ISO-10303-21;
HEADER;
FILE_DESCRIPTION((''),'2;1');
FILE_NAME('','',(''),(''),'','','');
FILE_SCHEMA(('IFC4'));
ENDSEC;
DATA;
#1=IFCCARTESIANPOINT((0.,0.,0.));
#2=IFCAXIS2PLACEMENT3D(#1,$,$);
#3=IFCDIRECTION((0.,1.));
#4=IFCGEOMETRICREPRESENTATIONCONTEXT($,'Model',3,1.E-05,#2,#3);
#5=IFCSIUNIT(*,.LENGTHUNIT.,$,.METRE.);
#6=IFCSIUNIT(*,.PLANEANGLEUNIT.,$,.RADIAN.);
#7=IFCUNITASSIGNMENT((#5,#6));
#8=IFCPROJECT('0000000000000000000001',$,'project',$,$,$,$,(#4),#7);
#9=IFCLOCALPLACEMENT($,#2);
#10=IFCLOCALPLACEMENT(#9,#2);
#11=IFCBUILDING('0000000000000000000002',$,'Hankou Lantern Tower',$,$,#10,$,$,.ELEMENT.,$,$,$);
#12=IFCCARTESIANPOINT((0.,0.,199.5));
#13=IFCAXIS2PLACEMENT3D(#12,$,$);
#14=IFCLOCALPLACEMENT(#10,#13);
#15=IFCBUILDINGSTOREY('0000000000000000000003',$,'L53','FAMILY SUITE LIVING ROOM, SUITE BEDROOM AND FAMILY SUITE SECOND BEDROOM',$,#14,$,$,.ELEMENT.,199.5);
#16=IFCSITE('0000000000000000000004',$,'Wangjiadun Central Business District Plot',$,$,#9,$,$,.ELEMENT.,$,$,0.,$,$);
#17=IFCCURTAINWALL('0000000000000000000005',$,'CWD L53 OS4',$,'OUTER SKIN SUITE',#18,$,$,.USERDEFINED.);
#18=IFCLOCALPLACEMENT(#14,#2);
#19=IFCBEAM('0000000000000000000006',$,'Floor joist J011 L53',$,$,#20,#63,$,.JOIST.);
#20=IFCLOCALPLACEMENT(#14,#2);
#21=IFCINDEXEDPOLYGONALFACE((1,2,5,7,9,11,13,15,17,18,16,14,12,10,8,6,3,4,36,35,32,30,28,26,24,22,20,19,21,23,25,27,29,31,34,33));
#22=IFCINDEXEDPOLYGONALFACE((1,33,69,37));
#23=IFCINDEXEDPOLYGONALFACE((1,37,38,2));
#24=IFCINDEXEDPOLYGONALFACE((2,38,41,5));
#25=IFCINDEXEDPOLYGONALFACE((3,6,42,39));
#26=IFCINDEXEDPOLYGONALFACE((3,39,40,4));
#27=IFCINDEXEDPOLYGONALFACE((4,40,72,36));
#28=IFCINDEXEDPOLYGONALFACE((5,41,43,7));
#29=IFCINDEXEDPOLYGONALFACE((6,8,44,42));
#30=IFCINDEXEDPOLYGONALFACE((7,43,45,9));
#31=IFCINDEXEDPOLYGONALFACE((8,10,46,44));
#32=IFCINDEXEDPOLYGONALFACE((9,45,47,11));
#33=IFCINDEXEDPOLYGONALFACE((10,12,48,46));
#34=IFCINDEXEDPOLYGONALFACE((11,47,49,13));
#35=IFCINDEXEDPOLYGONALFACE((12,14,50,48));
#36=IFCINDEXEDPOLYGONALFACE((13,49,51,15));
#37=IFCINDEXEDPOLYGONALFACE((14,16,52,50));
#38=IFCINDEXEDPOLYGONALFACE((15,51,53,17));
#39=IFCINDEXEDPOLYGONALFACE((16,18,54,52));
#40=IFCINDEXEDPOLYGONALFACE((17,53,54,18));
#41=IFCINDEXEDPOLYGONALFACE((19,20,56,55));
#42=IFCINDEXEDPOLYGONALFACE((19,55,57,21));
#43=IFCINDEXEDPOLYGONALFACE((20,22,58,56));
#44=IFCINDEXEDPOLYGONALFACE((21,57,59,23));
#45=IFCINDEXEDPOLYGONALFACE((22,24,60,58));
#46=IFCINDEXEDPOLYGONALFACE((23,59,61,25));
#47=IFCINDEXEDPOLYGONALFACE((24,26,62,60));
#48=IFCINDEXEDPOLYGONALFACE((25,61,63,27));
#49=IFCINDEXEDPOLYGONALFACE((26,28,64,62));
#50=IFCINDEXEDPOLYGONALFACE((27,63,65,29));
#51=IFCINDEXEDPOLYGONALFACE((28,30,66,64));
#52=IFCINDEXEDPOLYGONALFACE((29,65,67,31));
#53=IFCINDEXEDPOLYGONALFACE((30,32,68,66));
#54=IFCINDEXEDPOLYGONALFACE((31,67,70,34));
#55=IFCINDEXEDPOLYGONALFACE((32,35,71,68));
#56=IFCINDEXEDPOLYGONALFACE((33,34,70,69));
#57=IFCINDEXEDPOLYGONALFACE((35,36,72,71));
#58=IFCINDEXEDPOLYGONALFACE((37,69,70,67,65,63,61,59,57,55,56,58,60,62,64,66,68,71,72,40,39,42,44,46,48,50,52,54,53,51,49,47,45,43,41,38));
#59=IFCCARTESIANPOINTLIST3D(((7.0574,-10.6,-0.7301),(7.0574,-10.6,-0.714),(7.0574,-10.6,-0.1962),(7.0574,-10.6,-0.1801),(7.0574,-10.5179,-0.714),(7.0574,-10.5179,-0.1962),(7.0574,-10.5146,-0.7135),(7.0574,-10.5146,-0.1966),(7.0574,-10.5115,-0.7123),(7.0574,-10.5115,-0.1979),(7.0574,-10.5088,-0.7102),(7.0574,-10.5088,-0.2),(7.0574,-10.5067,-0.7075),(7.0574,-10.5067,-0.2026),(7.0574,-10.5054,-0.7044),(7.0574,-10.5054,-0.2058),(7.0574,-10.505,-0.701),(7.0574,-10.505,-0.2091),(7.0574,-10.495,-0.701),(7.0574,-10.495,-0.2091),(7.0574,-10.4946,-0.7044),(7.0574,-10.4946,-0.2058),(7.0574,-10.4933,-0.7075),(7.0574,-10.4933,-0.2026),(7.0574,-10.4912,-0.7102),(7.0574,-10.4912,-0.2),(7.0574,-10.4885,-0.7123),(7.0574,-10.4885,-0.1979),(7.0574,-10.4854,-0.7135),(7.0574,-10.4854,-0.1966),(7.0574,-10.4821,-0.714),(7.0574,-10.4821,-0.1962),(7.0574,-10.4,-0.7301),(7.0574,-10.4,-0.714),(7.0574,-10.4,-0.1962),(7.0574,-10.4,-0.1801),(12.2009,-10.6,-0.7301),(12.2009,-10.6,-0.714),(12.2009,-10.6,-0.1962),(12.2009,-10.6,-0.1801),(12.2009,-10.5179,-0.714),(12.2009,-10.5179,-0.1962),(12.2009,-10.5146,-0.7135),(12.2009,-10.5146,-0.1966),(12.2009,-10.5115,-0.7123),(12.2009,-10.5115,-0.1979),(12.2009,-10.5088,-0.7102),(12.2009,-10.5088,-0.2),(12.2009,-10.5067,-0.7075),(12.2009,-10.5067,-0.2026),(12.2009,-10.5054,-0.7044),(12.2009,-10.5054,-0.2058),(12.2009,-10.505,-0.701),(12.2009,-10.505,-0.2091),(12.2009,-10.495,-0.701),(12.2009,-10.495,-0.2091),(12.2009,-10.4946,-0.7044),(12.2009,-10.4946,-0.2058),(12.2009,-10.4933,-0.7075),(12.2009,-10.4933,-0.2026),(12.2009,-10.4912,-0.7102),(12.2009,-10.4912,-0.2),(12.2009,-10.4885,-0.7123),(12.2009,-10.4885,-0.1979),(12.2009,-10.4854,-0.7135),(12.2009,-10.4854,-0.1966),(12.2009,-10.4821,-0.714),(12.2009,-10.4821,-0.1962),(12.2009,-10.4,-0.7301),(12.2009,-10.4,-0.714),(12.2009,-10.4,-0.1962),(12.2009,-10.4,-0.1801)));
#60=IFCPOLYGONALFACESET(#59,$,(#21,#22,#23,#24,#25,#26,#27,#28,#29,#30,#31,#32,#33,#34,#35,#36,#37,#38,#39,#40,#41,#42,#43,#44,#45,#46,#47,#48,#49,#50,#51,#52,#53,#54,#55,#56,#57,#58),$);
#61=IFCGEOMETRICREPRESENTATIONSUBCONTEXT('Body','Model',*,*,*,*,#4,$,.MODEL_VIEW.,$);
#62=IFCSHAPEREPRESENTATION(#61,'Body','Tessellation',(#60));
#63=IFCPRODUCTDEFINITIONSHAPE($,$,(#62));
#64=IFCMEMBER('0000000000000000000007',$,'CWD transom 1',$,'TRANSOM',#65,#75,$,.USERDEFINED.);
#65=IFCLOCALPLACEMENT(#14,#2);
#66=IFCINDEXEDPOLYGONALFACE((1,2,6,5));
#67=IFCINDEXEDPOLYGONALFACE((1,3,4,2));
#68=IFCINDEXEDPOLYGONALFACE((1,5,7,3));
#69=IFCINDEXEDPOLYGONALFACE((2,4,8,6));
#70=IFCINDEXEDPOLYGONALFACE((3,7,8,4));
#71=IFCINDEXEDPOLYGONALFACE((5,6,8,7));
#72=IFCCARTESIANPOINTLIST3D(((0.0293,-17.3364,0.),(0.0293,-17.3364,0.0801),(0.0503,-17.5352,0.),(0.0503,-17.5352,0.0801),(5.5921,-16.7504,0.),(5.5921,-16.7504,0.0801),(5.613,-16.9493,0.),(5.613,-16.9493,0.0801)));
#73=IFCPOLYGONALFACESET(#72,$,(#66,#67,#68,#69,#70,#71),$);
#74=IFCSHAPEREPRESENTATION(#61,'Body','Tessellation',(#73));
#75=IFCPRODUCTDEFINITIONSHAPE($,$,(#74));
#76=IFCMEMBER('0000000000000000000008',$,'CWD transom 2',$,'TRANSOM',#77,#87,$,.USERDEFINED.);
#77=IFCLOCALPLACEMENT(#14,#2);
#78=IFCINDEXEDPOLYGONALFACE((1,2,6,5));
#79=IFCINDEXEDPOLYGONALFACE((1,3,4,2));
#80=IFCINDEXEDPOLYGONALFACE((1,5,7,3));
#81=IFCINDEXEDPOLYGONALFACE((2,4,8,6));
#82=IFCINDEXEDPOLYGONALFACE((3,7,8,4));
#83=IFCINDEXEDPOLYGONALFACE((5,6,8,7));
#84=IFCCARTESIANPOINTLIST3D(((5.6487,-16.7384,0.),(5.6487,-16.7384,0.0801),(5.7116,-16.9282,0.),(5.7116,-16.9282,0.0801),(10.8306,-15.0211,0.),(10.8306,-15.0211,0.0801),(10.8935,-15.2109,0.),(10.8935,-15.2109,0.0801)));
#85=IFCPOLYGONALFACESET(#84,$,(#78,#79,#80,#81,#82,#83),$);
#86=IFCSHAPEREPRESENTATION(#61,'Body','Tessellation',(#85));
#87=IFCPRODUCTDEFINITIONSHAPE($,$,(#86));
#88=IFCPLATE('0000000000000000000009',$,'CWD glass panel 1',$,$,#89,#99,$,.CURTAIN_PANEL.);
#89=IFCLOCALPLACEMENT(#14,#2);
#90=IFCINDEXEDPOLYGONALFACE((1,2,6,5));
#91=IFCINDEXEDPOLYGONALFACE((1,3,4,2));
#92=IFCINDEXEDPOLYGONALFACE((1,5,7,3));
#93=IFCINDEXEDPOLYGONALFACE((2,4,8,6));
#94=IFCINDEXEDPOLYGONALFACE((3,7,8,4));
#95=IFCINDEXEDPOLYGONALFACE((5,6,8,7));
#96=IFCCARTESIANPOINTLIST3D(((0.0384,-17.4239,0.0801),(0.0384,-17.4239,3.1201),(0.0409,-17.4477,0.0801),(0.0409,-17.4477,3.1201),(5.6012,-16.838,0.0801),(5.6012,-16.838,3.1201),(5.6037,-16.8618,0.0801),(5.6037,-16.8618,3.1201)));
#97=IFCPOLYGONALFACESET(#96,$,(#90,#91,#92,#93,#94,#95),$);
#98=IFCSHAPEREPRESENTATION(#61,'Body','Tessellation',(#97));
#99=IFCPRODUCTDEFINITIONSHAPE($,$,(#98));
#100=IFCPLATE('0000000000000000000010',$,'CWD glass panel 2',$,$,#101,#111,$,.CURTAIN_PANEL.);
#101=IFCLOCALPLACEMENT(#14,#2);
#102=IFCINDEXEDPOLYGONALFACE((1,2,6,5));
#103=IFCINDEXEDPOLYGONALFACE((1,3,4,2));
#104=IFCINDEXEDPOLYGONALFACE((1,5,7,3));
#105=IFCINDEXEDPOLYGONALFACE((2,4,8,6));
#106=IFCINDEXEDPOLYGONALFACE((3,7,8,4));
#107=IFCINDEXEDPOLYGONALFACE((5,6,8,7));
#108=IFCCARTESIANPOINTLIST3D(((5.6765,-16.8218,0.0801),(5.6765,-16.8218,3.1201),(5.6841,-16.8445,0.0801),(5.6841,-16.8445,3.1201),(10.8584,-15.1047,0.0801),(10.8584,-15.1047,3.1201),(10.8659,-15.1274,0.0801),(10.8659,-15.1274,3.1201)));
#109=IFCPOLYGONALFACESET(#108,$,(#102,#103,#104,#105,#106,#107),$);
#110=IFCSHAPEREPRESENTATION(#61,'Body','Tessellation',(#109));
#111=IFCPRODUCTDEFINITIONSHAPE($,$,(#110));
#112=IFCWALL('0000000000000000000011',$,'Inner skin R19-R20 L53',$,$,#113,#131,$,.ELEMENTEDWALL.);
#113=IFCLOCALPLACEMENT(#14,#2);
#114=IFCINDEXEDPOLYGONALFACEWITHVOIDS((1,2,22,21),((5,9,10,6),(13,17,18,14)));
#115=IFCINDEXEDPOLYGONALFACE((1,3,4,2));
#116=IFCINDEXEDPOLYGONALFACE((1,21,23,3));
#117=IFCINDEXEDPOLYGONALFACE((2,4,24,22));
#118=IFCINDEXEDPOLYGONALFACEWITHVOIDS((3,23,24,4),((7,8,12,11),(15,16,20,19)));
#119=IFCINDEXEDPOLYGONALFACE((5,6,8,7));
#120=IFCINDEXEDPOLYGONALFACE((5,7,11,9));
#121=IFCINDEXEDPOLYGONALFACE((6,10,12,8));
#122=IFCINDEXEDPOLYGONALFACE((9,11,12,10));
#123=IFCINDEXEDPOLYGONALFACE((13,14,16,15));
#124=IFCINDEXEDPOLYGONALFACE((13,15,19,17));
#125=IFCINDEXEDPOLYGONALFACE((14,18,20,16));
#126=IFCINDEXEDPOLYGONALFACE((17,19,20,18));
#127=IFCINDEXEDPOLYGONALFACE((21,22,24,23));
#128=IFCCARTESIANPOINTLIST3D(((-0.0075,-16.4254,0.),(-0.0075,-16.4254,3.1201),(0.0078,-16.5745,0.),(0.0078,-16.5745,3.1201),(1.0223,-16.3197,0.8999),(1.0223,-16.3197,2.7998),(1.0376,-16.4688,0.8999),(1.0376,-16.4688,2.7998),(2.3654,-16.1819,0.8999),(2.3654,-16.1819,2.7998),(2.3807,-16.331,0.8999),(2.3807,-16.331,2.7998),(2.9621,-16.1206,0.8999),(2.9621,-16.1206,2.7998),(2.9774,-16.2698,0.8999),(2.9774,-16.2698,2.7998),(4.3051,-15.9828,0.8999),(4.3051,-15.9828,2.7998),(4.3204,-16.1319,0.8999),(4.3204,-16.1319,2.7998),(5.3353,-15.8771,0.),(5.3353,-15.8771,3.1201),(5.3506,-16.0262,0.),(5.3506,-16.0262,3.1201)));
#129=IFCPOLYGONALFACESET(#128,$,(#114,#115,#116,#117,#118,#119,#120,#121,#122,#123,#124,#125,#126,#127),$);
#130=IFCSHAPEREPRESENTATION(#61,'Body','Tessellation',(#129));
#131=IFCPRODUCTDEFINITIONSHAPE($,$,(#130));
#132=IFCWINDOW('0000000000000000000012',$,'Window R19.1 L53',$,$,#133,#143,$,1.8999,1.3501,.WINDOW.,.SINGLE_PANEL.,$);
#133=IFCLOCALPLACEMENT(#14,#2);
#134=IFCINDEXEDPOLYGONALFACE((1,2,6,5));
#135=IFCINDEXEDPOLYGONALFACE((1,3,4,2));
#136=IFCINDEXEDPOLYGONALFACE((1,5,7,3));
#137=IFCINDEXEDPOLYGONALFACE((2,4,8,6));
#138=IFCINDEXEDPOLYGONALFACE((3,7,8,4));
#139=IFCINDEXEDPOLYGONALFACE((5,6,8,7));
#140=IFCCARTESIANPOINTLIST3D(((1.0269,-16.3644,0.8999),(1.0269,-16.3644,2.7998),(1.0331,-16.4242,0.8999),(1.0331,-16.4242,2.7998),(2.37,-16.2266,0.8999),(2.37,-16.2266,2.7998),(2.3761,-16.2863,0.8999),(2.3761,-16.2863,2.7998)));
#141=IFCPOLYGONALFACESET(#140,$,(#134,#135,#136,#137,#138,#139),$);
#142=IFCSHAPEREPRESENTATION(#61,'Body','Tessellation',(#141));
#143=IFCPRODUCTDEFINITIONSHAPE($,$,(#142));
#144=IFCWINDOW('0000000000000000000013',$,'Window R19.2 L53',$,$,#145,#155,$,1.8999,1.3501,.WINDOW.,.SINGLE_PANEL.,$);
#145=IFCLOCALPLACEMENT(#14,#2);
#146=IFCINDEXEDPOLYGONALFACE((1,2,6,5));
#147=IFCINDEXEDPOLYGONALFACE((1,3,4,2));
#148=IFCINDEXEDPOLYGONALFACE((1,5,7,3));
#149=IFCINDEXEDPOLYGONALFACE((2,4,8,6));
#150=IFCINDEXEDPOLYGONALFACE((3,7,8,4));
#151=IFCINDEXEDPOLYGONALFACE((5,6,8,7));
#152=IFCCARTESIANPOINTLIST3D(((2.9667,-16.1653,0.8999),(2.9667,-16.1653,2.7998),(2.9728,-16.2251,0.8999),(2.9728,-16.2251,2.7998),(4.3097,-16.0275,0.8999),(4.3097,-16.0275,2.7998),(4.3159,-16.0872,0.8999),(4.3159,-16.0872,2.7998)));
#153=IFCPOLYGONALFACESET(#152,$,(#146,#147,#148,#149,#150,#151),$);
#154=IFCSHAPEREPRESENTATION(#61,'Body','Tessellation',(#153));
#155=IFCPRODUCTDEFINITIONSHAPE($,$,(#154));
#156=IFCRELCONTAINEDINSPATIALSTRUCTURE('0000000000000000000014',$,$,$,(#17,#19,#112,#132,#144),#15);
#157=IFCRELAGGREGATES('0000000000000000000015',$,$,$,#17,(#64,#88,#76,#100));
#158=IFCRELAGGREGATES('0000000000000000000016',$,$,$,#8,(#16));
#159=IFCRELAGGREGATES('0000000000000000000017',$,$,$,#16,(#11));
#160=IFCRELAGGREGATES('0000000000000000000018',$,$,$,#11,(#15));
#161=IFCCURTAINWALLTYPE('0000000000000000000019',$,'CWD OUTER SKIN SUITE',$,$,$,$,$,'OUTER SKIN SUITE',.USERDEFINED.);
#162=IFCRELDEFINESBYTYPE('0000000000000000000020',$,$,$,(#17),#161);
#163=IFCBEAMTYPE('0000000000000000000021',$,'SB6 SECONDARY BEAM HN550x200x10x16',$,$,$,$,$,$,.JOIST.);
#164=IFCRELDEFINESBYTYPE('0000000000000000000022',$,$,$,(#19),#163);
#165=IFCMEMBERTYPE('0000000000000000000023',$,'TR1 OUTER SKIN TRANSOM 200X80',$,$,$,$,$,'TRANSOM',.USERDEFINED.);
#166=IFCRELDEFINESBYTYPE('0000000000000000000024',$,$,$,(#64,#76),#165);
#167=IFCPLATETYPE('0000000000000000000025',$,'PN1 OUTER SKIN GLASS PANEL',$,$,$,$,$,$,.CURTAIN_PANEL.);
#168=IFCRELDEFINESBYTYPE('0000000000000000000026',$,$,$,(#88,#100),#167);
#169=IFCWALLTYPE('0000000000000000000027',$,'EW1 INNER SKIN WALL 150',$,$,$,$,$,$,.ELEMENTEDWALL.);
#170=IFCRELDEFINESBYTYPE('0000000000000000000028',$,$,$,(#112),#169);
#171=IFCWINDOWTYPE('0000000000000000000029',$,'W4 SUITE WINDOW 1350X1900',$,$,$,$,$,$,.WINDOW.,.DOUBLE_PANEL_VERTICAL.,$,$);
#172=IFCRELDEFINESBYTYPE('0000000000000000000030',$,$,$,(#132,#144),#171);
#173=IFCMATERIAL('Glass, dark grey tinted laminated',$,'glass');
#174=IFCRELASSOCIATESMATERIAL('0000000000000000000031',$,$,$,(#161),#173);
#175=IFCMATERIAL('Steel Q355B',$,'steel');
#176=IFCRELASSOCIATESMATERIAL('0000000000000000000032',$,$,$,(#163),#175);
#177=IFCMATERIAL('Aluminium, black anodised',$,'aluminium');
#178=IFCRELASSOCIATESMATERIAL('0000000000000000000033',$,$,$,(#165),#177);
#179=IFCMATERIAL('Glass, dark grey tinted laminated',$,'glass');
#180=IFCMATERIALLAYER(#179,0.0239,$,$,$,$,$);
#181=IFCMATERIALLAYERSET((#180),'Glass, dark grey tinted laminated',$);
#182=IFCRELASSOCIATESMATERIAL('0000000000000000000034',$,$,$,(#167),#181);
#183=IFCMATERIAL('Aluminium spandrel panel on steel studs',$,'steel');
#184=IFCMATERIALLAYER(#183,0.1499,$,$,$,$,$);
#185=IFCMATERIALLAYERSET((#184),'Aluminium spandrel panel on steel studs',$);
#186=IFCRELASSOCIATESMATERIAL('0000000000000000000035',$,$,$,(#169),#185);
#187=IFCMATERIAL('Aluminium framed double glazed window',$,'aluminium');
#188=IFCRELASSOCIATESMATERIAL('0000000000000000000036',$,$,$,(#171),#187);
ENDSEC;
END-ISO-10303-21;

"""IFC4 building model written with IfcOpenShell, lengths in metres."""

from ifc_helpers import new_model, si_unit, direction, frame, frame_2d, origin, origin_2d, place, context, subcontext, project, spatial, rectangle, i_section, extrude, material, layer, layer_set, material_profile, profile_set, type_object, element, fill, aggregate, save


model = new_model("IFC4")

# Units and contexts
model_context = context("Model", 3, precision=1e-05, world=origin(), true_north=direction((0.0, 1.0)))
body_context = subcontext(model_context, "Body", "Model", "MODEL_VIEW")
ifc_project = project(units=[si_unit("LENGTHUNIT", "METRE"), si_unit("PLANEANGLEUNIT", "RADIAN")], contexts=[model_context])

# Site, building, storey
site_placement = place(None, origin())
site = spatial("IfcSite", under=ifc_project, at=site_placement, Name="Wangjiadun Central Business District Plot", CompositionType="ELEMENT", RefElevation=0.0)
building_placement = place(site_placement, origin())
building = spatial("IfcBuilding", under=site, at=building_placement, Name="Hankou Lantern Tower", CompositionType="ELEMENT")
storey_placement = place(building_placement, frame((0.0, 0.0, 199.5)))
storey = spatial("IfcBuildingStorey", under=building, at=storey_placement, Name="L53", Description="FAMILY SUITE LIVING ROOM, SUITE BEDROOM AND FAMILY SUITE SECOND BEDROOM", CompositionType="ELEMENT", Elevation=199.5)

# Curtain wall
ifc_material_1 = material(Name="Glass, dark grey tinted laminated", Category="glass")
curtain_wall_type = type_object("IfcCurtainWallType", Name="CWD OUTER SKIN SUITE", ElementType="OUTER SKIN SUITE", PredefinedType="USERDEFINED", material=ifc_material_1)
curtain_wall_placement = place(storey_placement, origin())
curtain_wall = element("IfcCurtainWall", 1, at=curtain_wall_placement, inside=storey, type_object=curtain_wall_type, Name="CWD L53 OS4", ObjectType="OUTER SKIN SUITE", PredefinedType="USERDEFINED")

# Beam
ifc_material_2 = material(Name="Steel Q355B", Category="steel")
ifc_material_profile_1 = material_profile(ifc_material_2, i_section(OverallWidth=0.2, OverallDepth=0.55, WebThickness=0.01, FlangeThickness=0.0161, FilletRadius=0.0129, at=origin_2d()), Name="HN550x200x10x16")
ifc_profile_set_1 = profile_set([ifc_material_profile_1], Name="Steel Q355B")
beam_type_1 = type_object("IfcBeamType", Name="SB6 SECONDARY BEAM HN550x200x10x16", PredefinedType="JOIST", material=ifc_profile_set_1)
beam_1_placement = place(storey_placement, frame((7.0574, -10.5, -0.4551), z_axis=(1.0, 0.0, 0.0), x_axis=(0.0, 1.0, 0.0)))
element("IfcBeam", 2, at=beam_1_placement, inside=storey, type_object=beam_type_1, Name="Floor joist J011 L53", PredefinedType="JOIST", context=body_context, shape_type="SweptSolid", body=[
    extrude(i_section(OverallWidth=0.2, OverallDepth=0.55, WebThickness=0.01, FlangeThickness=0.0161, FilletRadius=0.0129, at=origin_2d()), origin(), (0.0, 0.0, 1.0), 5.1436),
])

# Members
ifc_material_3 = material(Name="Aluminium, black anodised", Category="aluminium")
ifc_material_profile_2 = material_profile(ifc_material_3, rectangle(XDim=0.2, YDim=0.0801, at=origin_2d()), Name="TR1 200X80")
ifc_profile_set_2 = profile_set([ifc_material_profile_2], Name="Aluminium, black anodised")
member_type_1 = type_object("IfcMemberType", Name="TR1 OUTER SKIN TRANSOM 200X80", ElementType="TRANSOM", PredefinedType="USERDEFINED", material=ifc_profile_set_2)
member_1_placement = place(storey_placement, frame((0.0398, -17.4358, 0.04), z_axis=(0.994498, 0.104753, 0.0), x_axis=(-0.104753, 0.994498, 0.0)))
member_1 = element("IfcMember", 3, at=member_1_placement, type_object=member_type_1, Name="CWD transom 1", ObjectType="TRANSOM", PredefinedType="USERDEFINED", context=body_context, shape_type="SweptSolid", body=[
    extrude(rectangle(XDim=0.2, YDim=0.0801, at=origin_2d()), origin(), (0.0, 0.0, 1.0), 5.5935),
])
member_2_placement = place(storey_placement, frame((5.6802, -16.8333, 0.04), z_axis=(0.949232, 0.314577, 0.0), x_axis=(-0.314577, 0.949232, 0.0)))
member_2 = element("IfcMember", 4, at=member_2_placement, type_object=member_type_1, Name="CWD transom 2", ObjectType="TRANSOM", PredefinedType="USERDEFINED", context=body_context, shape_type="SweptSolid", body=[
    extrude(rectangle(XDim=0.2, YDim=0.0801, at=origin_2d()), origin(), (0.0, 0.0, 1.0), 5.459),
])

# Plates
ifc_material_4 = material(Name="Glass, dark grey tinted laminated", Category="glass")
ifc_layer_1 = layer(ifc_material_4, 0.0239)
ifc_layer_set_1 = layer_set([ifc_layer_1], Name="Glass, dark grey tinted laminated")
plate_type = type_object("IfcPlateType", Name="PN1 OUTER SKIN GLASS PANEL", PredefinedType="CURTAIN_PANEL", material=ifc_layer_set_1)
plate_1_placement = place(storey_placement, frame((2.821, -17.1428, 0.0801), z_axis=(0.0, 0.0, 1.0), x_axis=(0.994499, 0.104743, 0.0)))
plate_1 = element("IfcPlate", 5, at=plate_1_placement, type_object=plate_type, Name="CWD glass panel 1", PredefinedType="CURTAIN_PANEL", context=body_context, shape_type="SweptSolid", body=[
    extrude(rectangle(XDim=5.5935, YDim=0.0239, at=origin_2d()), origin(), (0.0, 0.0, 1.0), 3.04),
])
plate_2_placement = place(storey_placement, frame((8.2712, -15.9746, 0.0801), z_axis=(0.0, 0.0, 1.0), x_axis=(0.949241, 0.314551, 0.0)))
plate_2 = element("IfcPlate", 6, at=plate_2_placement, type_object=plate_type, Name="CWD glass panel 2", PredefinedType="CURTAIN_PANEL", context=body_context, shape_type="SweptSolid", body=[
    extrude(rectangle(XDim=5.459, YDim=0.0239, at=origin_2d()), origin(), (0.0, 0.0, 1.0), 3.04),
])
aggregate(curtain_wall, [member_1, plate_1, member_2, plate_2])

# Wall, openings, windows
ifc_material_5 = material(Name="Aluminium spandrel panel on steel studs", Category="steel")
ifc_layer_2 = layer(ifc_material_5, 0.1499)
ifc_layer_set_2 = layer_set([ifc_layer_2], Name="Aluminium spandrel panel on steel studs")
wall_type_1 = type_object("IfcWallType", Name="EW1 INNER SKIN WALL 150", PredefinedType="ELEMENTEDWALL", material=ifc_layer_set_2)
wall_1_placement = place(storey_placement, frame((0.0, -16.5, 0.0), z_axis=(0.0, 0.0, 1.0), x_axis=(0.994775, 0.102096, 0.0)))
wall_1 = element("IfcWall", 7, at=wall_1_placement, inside=storey, type_object=wall_type_1, Name="Inner skin R19-R20 L53", PredefinedType="ELEMENTEDWALL", context=body_context, shape_type="SweptSolid", body=[
    extrude(rectangle(XDim=5.3708, YDim=0.1499, at=frame_2d((2.6855, 0.0))), origin(), (0.0, 0.0, 1.0), 3.1201),
])
opening_1_placement = place(wall_1_placement, frame((1.0354, 0.0, 0.8999)))
opening_1 = element("IfcOpeningElement", 8, at=opening_1_placement, cuts=wall_1, PredefinedType="OPENING", context=body_context, shape_type="SweptSolid", body=[
    extrude(rectangle(XDim=1.3501, YDim=1.8999, at=frame_2d((0.675, 0.95))), frame((0.0, 0.085, 0.0), z_axis=(0.0, -1.0, 0.0), x_axis=(1.0, 0.0, 0.0)), (0.0, 0.0, 1.0), 0.1699),
])
opening_2_placement = place(wall_1_placement, frame((2.9854, 0.0, 0.8999)))
opening_2 = element("IfcOpeningElement", 9, at=opening_2_placement, cuts=wall_1, PredefinedType="OPENING", context=body_context, shape_type="SweptSolid", body=[
    extrude(rectangle(XDim=1.3501, YDim=1.8999, at=frame_2d((0.675, 0.95))), frame((0.0, 0.085, 0.0), z_axis=(0.0, -1.0, 0.0), x_axis=(1.0, 0.0, 0.0)), (0.0, 0.0, 1.0), 0.1699),
])
ifc_material_6 = material(Name="Aluminium framed double glazed window", Category="aluminium")
window_type = type_object("IfcWindowType", Name="W4 SUITE WINDOW 1350X1900", PartitioningType="DOUBLE_PANEL_VERTICAL", PredefinedType="WINDOW", material=ifc_material_6)
window_1_placement = place(opening_1_placement, origin())
window_1 = element("IfcWindow", 10, at=window_1_placement, inside=storey, type_object=window_type, Name="Window R19.1 L53", OverallHeight=1.8999, OverallWidth=1.3501, PartitioningType="SINGLE_PANEL", PredefinedType="WINDOW", context=body_context, shape_type="SweptSolid", body=[
    extrude(rectangle(XDim=1.3501, YDim=1.8999, at=frame_2d((0.675, 0.95))), frame((0.0, 0.03, 0.0), z_axis=(0.0, -1.0, 0.0), x_axis=(1.0, 0.0, 0.0)), (0.0, 0.0, 1.0), 0.0601),
])
fill(opening_1, window_1)
window_2_placement = place(opening_2_placement, origin())
window_2 = element("IfcWindow", 11, at=window_2_placement, inside=storey, type_object=window_type, Name="Window R19.2 L53", OverallHeight=1.8999, OverallWidth=1.3501, PartitioningType="SINGLE_PANEL", PredefinedType="WINDOW", context=body_context, shape_type="SweptSolid", body=[
    extrude(rectangle(XDim=1.3501, YDim=1.8999, at=frame_2d((0.675, 0.95))), frame((0.0, 0.03, 0.0), z_axis=(0.0, -1.0, 0.0), x_axis=(1.0, 0.0, 0.0)), (0.0, 0.0, 1.0), 0.0601),
])
fill(opening_2, window_2)

save(model, "model.ifc")
